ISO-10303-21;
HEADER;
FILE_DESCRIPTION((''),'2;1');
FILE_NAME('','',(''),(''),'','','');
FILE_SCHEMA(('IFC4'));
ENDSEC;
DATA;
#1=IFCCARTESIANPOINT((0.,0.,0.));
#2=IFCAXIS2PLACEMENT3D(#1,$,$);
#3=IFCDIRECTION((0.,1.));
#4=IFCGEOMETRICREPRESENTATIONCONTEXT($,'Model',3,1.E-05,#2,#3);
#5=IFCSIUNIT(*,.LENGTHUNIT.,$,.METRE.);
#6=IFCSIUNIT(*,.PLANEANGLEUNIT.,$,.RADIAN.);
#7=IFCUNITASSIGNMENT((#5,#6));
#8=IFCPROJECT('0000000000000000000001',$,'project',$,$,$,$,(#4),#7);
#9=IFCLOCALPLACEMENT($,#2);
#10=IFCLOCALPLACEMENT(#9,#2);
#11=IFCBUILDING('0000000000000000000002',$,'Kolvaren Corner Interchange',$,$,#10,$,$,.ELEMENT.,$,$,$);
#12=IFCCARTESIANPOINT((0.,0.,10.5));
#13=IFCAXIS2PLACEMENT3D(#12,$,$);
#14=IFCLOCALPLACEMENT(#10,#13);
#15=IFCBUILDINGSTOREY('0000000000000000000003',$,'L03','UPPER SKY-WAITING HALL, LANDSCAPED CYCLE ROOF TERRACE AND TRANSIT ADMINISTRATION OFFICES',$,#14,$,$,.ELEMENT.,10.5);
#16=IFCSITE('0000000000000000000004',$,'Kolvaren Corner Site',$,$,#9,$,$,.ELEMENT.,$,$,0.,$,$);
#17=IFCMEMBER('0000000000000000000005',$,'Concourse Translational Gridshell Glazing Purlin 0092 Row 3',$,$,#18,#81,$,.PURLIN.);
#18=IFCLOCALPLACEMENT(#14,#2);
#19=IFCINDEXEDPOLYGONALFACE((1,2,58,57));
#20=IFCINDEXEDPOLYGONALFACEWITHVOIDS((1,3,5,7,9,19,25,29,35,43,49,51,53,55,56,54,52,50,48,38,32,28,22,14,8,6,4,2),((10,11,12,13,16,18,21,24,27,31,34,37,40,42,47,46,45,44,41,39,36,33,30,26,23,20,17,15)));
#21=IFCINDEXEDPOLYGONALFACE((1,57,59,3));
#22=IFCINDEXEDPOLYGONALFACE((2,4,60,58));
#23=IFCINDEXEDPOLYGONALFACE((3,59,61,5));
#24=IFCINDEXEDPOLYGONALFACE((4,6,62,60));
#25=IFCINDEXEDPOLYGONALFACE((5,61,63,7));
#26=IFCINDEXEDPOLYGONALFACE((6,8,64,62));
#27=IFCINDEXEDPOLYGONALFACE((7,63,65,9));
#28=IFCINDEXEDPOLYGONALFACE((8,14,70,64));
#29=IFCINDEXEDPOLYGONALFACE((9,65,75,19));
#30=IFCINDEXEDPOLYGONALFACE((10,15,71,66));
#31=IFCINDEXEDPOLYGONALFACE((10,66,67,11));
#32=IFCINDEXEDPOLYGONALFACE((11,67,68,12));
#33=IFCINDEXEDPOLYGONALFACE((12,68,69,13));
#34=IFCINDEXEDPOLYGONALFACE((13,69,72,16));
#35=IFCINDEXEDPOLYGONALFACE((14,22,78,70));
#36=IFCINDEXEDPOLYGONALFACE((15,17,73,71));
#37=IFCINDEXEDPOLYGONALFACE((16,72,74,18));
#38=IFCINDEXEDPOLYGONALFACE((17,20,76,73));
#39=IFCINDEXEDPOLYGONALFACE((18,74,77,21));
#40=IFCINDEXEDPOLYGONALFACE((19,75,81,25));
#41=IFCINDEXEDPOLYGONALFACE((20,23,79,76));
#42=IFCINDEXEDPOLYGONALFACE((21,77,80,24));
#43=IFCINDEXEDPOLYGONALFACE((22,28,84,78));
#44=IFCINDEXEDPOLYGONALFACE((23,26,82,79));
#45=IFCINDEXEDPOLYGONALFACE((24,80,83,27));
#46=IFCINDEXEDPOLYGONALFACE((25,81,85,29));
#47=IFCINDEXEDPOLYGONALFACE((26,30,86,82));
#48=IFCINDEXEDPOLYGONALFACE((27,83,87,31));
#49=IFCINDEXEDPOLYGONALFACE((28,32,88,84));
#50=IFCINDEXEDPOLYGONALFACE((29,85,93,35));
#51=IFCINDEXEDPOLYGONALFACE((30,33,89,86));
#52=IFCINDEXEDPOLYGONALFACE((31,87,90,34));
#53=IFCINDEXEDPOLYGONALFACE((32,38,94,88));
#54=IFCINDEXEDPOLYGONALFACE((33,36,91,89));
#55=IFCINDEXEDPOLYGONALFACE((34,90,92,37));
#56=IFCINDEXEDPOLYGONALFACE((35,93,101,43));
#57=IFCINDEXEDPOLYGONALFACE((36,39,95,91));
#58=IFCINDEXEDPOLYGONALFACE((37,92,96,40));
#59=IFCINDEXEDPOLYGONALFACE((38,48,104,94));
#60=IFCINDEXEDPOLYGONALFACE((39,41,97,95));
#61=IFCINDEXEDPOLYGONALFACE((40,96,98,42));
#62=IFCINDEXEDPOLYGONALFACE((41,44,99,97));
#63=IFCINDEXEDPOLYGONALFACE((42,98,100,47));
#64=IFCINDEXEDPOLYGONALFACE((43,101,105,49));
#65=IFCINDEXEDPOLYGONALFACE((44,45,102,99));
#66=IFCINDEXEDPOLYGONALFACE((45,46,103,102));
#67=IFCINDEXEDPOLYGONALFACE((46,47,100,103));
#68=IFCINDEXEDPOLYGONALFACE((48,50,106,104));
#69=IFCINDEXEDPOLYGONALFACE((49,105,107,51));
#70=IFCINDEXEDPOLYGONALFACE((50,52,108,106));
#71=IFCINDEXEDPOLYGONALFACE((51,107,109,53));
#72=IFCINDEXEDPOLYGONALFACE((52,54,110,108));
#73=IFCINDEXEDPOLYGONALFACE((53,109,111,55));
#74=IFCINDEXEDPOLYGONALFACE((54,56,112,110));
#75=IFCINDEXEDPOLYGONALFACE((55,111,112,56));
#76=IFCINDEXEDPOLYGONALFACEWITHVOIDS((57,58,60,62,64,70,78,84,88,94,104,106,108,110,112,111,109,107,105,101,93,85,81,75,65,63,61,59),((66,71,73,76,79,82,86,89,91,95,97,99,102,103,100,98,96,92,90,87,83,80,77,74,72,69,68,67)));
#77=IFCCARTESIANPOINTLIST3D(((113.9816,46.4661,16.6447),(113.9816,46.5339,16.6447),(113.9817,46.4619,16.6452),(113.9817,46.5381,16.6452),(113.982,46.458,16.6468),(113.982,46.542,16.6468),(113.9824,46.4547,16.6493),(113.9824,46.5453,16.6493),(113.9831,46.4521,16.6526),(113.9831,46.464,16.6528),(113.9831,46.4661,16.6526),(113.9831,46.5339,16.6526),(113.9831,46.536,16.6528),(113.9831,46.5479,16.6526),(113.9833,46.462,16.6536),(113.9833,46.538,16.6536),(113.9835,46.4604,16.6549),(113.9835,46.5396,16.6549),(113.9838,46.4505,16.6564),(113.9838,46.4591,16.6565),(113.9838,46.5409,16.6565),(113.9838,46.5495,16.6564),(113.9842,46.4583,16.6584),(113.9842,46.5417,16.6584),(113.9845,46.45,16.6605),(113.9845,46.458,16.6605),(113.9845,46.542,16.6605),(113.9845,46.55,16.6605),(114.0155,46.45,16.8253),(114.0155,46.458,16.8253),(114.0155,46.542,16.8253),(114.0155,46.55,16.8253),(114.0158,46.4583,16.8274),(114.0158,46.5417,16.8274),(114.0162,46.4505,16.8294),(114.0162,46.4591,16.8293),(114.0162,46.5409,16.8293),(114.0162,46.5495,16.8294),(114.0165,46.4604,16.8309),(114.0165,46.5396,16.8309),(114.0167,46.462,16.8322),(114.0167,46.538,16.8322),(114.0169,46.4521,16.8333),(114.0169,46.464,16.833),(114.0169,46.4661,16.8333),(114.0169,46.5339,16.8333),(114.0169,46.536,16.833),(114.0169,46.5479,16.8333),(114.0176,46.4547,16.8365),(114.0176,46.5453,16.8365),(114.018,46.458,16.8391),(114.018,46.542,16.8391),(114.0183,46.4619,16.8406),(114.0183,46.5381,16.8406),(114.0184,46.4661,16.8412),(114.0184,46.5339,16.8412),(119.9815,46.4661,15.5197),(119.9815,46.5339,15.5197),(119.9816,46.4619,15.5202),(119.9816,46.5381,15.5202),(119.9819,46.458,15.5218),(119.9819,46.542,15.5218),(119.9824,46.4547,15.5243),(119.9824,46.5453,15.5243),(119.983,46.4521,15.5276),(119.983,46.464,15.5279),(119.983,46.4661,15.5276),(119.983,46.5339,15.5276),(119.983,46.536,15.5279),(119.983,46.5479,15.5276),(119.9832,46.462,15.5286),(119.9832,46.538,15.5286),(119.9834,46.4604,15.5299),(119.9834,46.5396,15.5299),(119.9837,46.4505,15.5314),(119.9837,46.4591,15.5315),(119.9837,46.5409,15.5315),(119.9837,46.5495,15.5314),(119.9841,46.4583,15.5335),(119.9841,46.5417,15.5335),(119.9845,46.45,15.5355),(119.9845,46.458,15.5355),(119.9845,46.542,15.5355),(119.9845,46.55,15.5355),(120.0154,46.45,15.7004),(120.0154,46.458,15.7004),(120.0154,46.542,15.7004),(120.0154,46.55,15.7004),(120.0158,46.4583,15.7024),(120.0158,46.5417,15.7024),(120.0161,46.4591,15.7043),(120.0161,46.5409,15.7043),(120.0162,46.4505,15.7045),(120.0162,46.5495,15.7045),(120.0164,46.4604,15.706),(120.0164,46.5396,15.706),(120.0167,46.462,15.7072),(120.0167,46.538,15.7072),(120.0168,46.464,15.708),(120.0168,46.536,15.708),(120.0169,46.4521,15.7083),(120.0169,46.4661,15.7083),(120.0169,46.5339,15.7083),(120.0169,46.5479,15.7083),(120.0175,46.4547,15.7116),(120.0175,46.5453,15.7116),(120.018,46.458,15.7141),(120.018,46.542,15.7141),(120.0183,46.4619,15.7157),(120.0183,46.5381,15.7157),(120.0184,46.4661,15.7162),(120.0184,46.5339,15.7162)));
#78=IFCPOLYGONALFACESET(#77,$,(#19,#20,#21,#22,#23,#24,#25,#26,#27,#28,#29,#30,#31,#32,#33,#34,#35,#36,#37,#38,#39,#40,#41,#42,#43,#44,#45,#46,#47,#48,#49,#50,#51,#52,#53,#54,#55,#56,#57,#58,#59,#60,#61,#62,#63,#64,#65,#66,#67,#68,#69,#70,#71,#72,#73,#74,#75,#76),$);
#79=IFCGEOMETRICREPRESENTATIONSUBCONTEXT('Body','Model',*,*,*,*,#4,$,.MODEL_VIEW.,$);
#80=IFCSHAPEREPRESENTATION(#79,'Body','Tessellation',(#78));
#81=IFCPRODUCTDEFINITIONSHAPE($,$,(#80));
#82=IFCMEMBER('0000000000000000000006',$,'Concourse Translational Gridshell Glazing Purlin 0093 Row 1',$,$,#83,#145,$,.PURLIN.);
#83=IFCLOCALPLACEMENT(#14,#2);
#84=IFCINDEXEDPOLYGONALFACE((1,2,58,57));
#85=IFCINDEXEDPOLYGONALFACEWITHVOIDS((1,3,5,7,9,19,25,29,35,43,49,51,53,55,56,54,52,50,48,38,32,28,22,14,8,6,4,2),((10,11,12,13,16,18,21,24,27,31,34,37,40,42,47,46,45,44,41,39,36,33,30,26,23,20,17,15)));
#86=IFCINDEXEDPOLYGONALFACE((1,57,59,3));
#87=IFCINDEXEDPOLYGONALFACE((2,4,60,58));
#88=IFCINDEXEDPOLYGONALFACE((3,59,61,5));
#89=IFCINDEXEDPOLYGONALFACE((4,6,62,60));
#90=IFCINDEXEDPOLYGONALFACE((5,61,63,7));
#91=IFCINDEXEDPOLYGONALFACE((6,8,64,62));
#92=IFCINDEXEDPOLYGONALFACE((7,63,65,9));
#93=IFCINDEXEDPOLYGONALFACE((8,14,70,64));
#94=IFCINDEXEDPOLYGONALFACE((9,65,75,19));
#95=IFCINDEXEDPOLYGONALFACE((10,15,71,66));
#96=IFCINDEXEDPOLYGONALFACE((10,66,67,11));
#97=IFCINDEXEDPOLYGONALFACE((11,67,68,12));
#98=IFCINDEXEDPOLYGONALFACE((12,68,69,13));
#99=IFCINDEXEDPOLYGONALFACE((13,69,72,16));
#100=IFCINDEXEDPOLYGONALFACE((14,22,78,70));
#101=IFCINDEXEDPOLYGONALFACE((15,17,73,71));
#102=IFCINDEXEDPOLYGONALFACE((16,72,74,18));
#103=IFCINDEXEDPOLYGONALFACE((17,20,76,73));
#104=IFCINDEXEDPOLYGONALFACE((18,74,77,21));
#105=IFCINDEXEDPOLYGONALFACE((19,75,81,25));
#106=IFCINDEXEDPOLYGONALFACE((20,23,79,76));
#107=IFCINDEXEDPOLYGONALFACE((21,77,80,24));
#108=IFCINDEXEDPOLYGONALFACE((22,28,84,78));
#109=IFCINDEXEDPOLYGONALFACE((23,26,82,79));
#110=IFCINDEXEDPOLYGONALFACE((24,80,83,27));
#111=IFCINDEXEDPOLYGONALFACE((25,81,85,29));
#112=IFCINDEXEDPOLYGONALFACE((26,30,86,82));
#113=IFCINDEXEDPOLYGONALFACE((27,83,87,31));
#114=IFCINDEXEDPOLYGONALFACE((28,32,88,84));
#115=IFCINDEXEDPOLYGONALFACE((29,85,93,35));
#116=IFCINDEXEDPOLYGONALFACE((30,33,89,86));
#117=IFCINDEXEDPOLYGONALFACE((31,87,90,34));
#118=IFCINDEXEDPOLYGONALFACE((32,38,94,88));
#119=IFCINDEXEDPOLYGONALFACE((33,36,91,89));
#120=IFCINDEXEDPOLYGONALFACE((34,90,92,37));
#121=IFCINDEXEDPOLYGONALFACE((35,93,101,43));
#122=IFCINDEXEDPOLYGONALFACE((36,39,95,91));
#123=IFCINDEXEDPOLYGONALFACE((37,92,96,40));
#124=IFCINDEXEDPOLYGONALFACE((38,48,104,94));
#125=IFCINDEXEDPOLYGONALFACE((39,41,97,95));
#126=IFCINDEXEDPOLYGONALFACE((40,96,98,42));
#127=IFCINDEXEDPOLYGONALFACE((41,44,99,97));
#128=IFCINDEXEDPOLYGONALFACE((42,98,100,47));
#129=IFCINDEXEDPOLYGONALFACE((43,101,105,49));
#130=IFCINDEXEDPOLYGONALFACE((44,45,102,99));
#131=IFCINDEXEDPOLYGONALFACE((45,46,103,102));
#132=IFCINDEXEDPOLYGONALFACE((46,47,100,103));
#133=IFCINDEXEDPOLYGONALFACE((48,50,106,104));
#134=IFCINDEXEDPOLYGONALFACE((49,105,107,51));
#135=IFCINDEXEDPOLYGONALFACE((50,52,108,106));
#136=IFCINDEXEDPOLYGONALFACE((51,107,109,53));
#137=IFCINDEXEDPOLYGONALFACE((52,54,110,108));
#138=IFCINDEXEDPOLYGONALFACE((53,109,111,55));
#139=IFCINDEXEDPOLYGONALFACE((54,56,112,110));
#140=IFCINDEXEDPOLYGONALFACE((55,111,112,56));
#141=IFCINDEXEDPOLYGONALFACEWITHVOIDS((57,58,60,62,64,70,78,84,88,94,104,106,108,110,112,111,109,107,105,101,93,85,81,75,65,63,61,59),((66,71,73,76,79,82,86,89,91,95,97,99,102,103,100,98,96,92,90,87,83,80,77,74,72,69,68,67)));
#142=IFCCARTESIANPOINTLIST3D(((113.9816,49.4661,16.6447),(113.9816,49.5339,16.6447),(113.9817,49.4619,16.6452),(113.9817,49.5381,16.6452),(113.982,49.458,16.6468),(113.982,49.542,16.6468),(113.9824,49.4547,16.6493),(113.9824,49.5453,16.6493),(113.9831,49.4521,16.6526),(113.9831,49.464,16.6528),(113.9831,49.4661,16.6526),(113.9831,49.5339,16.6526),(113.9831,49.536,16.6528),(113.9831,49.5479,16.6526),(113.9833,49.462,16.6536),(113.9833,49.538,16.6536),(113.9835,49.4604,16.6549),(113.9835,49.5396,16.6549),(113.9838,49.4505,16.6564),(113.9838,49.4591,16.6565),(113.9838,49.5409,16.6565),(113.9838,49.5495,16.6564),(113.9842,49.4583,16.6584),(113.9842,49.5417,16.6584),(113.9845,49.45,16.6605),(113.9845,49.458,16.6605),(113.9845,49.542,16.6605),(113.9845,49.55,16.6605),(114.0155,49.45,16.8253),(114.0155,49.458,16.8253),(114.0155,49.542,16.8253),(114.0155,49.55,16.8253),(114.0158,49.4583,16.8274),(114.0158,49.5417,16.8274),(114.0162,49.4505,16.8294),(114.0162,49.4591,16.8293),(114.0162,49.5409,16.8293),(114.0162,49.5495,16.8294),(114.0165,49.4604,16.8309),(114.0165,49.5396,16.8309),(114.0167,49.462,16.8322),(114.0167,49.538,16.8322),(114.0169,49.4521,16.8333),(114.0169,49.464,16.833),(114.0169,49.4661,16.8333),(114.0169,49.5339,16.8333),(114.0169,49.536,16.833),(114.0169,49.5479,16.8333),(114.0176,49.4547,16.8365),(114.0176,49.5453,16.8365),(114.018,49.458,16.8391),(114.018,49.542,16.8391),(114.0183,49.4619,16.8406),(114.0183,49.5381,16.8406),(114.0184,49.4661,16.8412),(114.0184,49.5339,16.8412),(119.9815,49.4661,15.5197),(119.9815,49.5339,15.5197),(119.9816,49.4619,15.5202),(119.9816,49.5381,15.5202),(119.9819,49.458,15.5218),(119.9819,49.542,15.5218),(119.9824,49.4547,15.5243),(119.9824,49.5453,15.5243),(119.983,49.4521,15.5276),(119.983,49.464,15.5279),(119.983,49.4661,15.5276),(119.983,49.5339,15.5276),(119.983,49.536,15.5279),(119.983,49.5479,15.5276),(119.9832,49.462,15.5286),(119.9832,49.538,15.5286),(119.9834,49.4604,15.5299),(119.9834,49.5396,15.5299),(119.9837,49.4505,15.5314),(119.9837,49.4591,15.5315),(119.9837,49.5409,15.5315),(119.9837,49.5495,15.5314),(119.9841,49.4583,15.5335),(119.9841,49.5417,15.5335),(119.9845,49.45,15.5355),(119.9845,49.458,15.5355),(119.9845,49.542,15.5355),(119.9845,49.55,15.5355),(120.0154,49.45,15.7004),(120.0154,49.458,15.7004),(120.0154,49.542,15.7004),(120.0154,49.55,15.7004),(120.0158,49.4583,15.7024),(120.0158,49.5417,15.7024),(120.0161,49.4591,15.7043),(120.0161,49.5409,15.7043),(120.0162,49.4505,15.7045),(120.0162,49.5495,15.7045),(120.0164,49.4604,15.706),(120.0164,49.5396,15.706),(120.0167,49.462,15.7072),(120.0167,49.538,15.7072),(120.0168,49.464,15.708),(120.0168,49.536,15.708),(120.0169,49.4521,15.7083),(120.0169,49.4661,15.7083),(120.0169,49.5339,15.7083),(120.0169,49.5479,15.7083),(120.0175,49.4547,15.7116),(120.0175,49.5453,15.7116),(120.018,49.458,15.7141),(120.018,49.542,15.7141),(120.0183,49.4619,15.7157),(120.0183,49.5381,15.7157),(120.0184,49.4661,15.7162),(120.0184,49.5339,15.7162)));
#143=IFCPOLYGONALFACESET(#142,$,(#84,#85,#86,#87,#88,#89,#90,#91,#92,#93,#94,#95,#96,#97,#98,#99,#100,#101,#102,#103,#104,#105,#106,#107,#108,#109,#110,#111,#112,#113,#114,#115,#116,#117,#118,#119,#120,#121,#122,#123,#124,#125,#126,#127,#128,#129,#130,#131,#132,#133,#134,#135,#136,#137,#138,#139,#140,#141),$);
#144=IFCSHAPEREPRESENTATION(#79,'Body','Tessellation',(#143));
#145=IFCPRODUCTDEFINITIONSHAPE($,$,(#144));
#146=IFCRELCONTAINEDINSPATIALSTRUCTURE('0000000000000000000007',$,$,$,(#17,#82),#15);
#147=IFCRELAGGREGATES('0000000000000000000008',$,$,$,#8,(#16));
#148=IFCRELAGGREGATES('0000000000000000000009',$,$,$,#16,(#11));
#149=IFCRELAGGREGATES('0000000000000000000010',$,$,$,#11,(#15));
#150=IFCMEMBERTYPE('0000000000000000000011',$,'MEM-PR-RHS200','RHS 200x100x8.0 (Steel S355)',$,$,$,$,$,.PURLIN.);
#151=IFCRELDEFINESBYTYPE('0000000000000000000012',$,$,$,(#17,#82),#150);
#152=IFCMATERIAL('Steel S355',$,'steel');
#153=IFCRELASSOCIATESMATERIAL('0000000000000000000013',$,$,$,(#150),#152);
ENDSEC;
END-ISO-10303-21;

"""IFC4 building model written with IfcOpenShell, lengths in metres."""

from ifc_helpers import new_model, si_unit, direction, frame, origin, origin_2d, place, context, subcontext, project, spatial, hollow_rectangle, extrude, material, material_profile, profile_set, type_object, element, save


model = new_model("IFC4")

# Units and contexts
model_context = context("Model", 3, precision=1e-05, world=origin(), true_north=direction((0.0, 1.0)))
body_context = subcontext(model_context, "Body", "Model", "MODEL_VIEW")
ifc_project = project(units=[si_unit("LENGTHUNIT", "METRE"), si_unit("PLANEANGLEUNIT", "RADIAN")], contexts=[model_context])

# Site, building, storey
site_placement = place(None, origin())
site = spatial("IfcSite", under=ifc_project, at=site_placement, Name="Kolvaren Corner Site", CompositionType="ELEMENT", RefElevation=0.0)
building_placement = place(site_placement, origin())
building = spatial("IfcBuilding", under=site, at=building_placement, Name="Kolvaren Corner Interchange", CompositionType="ELEMENT")
storey_placement = place(building_placement, frame((0.0, 0.0, 10.5)))
storey = spatial("IfcBuildingStorey", under=building, at=storey_placement, Name="L03", Description="UPPER SKY-WAITING HALL, LANDSCAPED CYCLE ROOF TERRACE AND TRANSIT ADMINISTRATION OFFICES", CompositionType="ELEMENT", Elevation=10.5)

# Members
ifc_material_1 = material(Name="Steel S355", Category="steel")
ifc_material_profile_1 = material_profile(ifc_material_1, hollow_rectangle(XDim=0.1001, YDim=0.2, WallThickness=0.0081, InnerFilletRadius=0.0081, OuterFilletRadius=0.0161, at=origin_2d()), Name="RHS 200x100x8.0")
ifc_profile_set_1 = profile_set([ifc_material_profile_1], Name="Steel S355")
member_type_1 = type_object("IfcMemberType", Name="MEM-PR-RHS200", Description="RHS 200x100x8.0 (Steel S355)", PredefinedType="PURLIN", material=ifc_profile_set_1)
for number, where, z_axis, x_axis, name in (
    (1, (114.0, 46.5, 16.7429), (0.982872, 0.0, -0.184289), (0.0, 1.0, 0.0), "Concourse Translational Gridshell Glazing Purlin 0092 Row 3"),
    (2, (114.0, 49.5, 16.7429), (0.982872, 0.0, -0.184289), (0.0, 1.0, 0.0), "Concourse Translational Gridshell Glazing Purlin 0093 Row 1"),
):
    element("IfcMember", number, at=place(storey_placement, frame(where, z_axis=z_axis, x_axis=x_axis)), inside=storey, type_object=member_type_1, Name=name, PredefinedType="PURLIN", context=body_context, shape_type="SweptSolid", body=[
        extrude(hollow_rectangle(XDim=0.1001, YDim=0.2, WallThickness=0.0081, InnerFilletRadius=0.0081, OuterFilletRadius=0.0161, at=origin_2d()), origin(), (0.0, 0.0, 1.0), 6.1045),
    ])

save(model, "model.ifc")
